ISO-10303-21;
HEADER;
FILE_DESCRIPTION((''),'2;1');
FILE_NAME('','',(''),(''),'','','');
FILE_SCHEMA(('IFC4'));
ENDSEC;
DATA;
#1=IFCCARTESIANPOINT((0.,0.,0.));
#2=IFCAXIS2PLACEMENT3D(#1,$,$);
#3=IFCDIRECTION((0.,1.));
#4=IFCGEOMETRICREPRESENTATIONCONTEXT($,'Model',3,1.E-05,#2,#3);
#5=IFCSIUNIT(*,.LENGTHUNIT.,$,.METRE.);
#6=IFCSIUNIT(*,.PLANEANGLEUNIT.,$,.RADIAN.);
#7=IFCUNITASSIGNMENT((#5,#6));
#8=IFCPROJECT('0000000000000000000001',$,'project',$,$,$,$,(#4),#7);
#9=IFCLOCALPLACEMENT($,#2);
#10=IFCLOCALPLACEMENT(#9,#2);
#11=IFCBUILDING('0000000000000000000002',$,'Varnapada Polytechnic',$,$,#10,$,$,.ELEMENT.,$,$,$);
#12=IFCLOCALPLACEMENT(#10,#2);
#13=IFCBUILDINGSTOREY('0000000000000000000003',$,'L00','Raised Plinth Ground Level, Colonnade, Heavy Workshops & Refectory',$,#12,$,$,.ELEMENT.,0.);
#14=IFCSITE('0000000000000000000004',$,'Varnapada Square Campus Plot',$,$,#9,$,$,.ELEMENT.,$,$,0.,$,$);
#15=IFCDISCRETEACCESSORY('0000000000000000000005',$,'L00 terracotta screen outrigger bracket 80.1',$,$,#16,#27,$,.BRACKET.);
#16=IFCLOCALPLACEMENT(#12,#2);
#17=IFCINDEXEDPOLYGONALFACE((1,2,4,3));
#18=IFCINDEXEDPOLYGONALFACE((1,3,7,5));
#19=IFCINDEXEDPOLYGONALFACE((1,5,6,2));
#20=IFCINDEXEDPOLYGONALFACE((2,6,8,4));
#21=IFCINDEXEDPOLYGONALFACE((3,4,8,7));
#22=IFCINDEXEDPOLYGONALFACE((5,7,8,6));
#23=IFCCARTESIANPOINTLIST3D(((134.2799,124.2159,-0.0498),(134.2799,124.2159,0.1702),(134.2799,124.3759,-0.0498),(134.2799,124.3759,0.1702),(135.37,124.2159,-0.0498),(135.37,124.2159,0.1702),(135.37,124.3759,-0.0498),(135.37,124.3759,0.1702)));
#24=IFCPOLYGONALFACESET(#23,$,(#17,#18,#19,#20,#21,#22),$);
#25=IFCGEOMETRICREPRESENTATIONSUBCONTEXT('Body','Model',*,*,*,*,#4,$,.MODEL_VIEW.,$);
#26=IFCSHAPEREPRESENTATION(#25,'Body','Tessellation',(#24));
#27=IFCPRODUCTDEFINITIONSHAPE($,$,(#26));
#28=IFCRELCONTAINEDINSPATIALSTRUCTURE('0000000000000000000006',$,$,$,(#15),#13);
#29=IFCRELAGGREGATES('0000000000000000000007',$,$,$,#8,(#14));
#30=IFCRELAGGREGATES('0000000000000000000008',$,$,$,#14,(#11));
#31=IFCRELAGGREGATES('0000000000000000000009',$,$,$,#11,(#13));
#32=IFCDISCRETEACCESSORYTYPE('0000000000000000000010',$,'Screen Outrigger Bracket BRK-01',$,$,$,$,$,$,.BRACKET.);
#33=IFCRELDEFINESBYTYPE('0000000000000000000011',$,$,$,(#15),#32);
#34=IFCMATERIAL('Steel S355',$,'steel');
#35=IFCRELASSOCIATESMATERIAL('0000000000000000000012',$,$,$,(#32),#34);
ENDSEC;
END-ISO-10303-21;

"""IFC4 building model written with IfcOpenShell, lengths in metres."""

from ifc_helpers import new_model, si_unit, direction, frame, origin, origin_2d, place, context, subcontext, project, spatial, rectangle, extrude, material, type_object, element, save


model = new_model("IFC4")

# Units and contexts
model_context = context("Model", 3, precision=1e-05, world=origin(), true_north=direction((0.0, 1.0)))
body_context = subcontext(model_context, "Body", "Model", "MODEL_VIEW")
ifc_project = project(units=[si_unit("LENGTHUNIT", "METRE"), si_unit("PLANEANGLEUNIT", "RADIAN")], contexts=[model_context])

# Site, building, storey
site_placement = place(None, origin())
site = spatial("IfcSite", under=ifc_project, at=site_placement, Name="Varnapada Square Campus Plot", CompositionType="ELEMENT", RefElevation=0.0)
building_placement = place(site_placement, origin())
building = spatial("IfcBuilding", under=site, at=building_placement, Name="Varnapada Polytechnic", CompositionType="ELEMENT")
storey_placement = place(building_placement, origin())
storey = spatial("IfcBuildingStorey", under=building, at=storey_placement, Name="L00", Description="Raised Plinth Ground Level, Colonnade, Heavy Workshops & Refectory", CompositionType="ELEMENT", Elevation=0.0)

# Shared definitions
ifc_material_1 = material(Name="Steel S355", Category="steel")

# Discrete accessory
discrete_accessory_type = type_object("IfcDiscreteAccessoryType", Name="Screen Outrigger Bracket BRK-01", PredefinedType="BRACKET", material=ifc_material_1)
discrete_accessory_placement = place(storey_placement, frame((134.825, 124.2959, -0.0498), z_axis=(0.0, 0.0, 1.0), x_axis=(0.0, -1.0, 0.0)))
element("IfcDiscreteAccessory", 1, at=discrete_accessory_placement, inside=storey, type_object=discrete_accessory_type, Name="L00 terracotta screen outrigger bracket 80.1", PredefinedType="BRACKET", context=body_context, shape_type="SweptSolid", body=[
    extrude(rectangle(XDim=0.1599, YDim=1.0901, at=origin_2d()), origin(), (0.0, 0.0, 1.0), 0.22),
])

save(model, "model.ifc")
